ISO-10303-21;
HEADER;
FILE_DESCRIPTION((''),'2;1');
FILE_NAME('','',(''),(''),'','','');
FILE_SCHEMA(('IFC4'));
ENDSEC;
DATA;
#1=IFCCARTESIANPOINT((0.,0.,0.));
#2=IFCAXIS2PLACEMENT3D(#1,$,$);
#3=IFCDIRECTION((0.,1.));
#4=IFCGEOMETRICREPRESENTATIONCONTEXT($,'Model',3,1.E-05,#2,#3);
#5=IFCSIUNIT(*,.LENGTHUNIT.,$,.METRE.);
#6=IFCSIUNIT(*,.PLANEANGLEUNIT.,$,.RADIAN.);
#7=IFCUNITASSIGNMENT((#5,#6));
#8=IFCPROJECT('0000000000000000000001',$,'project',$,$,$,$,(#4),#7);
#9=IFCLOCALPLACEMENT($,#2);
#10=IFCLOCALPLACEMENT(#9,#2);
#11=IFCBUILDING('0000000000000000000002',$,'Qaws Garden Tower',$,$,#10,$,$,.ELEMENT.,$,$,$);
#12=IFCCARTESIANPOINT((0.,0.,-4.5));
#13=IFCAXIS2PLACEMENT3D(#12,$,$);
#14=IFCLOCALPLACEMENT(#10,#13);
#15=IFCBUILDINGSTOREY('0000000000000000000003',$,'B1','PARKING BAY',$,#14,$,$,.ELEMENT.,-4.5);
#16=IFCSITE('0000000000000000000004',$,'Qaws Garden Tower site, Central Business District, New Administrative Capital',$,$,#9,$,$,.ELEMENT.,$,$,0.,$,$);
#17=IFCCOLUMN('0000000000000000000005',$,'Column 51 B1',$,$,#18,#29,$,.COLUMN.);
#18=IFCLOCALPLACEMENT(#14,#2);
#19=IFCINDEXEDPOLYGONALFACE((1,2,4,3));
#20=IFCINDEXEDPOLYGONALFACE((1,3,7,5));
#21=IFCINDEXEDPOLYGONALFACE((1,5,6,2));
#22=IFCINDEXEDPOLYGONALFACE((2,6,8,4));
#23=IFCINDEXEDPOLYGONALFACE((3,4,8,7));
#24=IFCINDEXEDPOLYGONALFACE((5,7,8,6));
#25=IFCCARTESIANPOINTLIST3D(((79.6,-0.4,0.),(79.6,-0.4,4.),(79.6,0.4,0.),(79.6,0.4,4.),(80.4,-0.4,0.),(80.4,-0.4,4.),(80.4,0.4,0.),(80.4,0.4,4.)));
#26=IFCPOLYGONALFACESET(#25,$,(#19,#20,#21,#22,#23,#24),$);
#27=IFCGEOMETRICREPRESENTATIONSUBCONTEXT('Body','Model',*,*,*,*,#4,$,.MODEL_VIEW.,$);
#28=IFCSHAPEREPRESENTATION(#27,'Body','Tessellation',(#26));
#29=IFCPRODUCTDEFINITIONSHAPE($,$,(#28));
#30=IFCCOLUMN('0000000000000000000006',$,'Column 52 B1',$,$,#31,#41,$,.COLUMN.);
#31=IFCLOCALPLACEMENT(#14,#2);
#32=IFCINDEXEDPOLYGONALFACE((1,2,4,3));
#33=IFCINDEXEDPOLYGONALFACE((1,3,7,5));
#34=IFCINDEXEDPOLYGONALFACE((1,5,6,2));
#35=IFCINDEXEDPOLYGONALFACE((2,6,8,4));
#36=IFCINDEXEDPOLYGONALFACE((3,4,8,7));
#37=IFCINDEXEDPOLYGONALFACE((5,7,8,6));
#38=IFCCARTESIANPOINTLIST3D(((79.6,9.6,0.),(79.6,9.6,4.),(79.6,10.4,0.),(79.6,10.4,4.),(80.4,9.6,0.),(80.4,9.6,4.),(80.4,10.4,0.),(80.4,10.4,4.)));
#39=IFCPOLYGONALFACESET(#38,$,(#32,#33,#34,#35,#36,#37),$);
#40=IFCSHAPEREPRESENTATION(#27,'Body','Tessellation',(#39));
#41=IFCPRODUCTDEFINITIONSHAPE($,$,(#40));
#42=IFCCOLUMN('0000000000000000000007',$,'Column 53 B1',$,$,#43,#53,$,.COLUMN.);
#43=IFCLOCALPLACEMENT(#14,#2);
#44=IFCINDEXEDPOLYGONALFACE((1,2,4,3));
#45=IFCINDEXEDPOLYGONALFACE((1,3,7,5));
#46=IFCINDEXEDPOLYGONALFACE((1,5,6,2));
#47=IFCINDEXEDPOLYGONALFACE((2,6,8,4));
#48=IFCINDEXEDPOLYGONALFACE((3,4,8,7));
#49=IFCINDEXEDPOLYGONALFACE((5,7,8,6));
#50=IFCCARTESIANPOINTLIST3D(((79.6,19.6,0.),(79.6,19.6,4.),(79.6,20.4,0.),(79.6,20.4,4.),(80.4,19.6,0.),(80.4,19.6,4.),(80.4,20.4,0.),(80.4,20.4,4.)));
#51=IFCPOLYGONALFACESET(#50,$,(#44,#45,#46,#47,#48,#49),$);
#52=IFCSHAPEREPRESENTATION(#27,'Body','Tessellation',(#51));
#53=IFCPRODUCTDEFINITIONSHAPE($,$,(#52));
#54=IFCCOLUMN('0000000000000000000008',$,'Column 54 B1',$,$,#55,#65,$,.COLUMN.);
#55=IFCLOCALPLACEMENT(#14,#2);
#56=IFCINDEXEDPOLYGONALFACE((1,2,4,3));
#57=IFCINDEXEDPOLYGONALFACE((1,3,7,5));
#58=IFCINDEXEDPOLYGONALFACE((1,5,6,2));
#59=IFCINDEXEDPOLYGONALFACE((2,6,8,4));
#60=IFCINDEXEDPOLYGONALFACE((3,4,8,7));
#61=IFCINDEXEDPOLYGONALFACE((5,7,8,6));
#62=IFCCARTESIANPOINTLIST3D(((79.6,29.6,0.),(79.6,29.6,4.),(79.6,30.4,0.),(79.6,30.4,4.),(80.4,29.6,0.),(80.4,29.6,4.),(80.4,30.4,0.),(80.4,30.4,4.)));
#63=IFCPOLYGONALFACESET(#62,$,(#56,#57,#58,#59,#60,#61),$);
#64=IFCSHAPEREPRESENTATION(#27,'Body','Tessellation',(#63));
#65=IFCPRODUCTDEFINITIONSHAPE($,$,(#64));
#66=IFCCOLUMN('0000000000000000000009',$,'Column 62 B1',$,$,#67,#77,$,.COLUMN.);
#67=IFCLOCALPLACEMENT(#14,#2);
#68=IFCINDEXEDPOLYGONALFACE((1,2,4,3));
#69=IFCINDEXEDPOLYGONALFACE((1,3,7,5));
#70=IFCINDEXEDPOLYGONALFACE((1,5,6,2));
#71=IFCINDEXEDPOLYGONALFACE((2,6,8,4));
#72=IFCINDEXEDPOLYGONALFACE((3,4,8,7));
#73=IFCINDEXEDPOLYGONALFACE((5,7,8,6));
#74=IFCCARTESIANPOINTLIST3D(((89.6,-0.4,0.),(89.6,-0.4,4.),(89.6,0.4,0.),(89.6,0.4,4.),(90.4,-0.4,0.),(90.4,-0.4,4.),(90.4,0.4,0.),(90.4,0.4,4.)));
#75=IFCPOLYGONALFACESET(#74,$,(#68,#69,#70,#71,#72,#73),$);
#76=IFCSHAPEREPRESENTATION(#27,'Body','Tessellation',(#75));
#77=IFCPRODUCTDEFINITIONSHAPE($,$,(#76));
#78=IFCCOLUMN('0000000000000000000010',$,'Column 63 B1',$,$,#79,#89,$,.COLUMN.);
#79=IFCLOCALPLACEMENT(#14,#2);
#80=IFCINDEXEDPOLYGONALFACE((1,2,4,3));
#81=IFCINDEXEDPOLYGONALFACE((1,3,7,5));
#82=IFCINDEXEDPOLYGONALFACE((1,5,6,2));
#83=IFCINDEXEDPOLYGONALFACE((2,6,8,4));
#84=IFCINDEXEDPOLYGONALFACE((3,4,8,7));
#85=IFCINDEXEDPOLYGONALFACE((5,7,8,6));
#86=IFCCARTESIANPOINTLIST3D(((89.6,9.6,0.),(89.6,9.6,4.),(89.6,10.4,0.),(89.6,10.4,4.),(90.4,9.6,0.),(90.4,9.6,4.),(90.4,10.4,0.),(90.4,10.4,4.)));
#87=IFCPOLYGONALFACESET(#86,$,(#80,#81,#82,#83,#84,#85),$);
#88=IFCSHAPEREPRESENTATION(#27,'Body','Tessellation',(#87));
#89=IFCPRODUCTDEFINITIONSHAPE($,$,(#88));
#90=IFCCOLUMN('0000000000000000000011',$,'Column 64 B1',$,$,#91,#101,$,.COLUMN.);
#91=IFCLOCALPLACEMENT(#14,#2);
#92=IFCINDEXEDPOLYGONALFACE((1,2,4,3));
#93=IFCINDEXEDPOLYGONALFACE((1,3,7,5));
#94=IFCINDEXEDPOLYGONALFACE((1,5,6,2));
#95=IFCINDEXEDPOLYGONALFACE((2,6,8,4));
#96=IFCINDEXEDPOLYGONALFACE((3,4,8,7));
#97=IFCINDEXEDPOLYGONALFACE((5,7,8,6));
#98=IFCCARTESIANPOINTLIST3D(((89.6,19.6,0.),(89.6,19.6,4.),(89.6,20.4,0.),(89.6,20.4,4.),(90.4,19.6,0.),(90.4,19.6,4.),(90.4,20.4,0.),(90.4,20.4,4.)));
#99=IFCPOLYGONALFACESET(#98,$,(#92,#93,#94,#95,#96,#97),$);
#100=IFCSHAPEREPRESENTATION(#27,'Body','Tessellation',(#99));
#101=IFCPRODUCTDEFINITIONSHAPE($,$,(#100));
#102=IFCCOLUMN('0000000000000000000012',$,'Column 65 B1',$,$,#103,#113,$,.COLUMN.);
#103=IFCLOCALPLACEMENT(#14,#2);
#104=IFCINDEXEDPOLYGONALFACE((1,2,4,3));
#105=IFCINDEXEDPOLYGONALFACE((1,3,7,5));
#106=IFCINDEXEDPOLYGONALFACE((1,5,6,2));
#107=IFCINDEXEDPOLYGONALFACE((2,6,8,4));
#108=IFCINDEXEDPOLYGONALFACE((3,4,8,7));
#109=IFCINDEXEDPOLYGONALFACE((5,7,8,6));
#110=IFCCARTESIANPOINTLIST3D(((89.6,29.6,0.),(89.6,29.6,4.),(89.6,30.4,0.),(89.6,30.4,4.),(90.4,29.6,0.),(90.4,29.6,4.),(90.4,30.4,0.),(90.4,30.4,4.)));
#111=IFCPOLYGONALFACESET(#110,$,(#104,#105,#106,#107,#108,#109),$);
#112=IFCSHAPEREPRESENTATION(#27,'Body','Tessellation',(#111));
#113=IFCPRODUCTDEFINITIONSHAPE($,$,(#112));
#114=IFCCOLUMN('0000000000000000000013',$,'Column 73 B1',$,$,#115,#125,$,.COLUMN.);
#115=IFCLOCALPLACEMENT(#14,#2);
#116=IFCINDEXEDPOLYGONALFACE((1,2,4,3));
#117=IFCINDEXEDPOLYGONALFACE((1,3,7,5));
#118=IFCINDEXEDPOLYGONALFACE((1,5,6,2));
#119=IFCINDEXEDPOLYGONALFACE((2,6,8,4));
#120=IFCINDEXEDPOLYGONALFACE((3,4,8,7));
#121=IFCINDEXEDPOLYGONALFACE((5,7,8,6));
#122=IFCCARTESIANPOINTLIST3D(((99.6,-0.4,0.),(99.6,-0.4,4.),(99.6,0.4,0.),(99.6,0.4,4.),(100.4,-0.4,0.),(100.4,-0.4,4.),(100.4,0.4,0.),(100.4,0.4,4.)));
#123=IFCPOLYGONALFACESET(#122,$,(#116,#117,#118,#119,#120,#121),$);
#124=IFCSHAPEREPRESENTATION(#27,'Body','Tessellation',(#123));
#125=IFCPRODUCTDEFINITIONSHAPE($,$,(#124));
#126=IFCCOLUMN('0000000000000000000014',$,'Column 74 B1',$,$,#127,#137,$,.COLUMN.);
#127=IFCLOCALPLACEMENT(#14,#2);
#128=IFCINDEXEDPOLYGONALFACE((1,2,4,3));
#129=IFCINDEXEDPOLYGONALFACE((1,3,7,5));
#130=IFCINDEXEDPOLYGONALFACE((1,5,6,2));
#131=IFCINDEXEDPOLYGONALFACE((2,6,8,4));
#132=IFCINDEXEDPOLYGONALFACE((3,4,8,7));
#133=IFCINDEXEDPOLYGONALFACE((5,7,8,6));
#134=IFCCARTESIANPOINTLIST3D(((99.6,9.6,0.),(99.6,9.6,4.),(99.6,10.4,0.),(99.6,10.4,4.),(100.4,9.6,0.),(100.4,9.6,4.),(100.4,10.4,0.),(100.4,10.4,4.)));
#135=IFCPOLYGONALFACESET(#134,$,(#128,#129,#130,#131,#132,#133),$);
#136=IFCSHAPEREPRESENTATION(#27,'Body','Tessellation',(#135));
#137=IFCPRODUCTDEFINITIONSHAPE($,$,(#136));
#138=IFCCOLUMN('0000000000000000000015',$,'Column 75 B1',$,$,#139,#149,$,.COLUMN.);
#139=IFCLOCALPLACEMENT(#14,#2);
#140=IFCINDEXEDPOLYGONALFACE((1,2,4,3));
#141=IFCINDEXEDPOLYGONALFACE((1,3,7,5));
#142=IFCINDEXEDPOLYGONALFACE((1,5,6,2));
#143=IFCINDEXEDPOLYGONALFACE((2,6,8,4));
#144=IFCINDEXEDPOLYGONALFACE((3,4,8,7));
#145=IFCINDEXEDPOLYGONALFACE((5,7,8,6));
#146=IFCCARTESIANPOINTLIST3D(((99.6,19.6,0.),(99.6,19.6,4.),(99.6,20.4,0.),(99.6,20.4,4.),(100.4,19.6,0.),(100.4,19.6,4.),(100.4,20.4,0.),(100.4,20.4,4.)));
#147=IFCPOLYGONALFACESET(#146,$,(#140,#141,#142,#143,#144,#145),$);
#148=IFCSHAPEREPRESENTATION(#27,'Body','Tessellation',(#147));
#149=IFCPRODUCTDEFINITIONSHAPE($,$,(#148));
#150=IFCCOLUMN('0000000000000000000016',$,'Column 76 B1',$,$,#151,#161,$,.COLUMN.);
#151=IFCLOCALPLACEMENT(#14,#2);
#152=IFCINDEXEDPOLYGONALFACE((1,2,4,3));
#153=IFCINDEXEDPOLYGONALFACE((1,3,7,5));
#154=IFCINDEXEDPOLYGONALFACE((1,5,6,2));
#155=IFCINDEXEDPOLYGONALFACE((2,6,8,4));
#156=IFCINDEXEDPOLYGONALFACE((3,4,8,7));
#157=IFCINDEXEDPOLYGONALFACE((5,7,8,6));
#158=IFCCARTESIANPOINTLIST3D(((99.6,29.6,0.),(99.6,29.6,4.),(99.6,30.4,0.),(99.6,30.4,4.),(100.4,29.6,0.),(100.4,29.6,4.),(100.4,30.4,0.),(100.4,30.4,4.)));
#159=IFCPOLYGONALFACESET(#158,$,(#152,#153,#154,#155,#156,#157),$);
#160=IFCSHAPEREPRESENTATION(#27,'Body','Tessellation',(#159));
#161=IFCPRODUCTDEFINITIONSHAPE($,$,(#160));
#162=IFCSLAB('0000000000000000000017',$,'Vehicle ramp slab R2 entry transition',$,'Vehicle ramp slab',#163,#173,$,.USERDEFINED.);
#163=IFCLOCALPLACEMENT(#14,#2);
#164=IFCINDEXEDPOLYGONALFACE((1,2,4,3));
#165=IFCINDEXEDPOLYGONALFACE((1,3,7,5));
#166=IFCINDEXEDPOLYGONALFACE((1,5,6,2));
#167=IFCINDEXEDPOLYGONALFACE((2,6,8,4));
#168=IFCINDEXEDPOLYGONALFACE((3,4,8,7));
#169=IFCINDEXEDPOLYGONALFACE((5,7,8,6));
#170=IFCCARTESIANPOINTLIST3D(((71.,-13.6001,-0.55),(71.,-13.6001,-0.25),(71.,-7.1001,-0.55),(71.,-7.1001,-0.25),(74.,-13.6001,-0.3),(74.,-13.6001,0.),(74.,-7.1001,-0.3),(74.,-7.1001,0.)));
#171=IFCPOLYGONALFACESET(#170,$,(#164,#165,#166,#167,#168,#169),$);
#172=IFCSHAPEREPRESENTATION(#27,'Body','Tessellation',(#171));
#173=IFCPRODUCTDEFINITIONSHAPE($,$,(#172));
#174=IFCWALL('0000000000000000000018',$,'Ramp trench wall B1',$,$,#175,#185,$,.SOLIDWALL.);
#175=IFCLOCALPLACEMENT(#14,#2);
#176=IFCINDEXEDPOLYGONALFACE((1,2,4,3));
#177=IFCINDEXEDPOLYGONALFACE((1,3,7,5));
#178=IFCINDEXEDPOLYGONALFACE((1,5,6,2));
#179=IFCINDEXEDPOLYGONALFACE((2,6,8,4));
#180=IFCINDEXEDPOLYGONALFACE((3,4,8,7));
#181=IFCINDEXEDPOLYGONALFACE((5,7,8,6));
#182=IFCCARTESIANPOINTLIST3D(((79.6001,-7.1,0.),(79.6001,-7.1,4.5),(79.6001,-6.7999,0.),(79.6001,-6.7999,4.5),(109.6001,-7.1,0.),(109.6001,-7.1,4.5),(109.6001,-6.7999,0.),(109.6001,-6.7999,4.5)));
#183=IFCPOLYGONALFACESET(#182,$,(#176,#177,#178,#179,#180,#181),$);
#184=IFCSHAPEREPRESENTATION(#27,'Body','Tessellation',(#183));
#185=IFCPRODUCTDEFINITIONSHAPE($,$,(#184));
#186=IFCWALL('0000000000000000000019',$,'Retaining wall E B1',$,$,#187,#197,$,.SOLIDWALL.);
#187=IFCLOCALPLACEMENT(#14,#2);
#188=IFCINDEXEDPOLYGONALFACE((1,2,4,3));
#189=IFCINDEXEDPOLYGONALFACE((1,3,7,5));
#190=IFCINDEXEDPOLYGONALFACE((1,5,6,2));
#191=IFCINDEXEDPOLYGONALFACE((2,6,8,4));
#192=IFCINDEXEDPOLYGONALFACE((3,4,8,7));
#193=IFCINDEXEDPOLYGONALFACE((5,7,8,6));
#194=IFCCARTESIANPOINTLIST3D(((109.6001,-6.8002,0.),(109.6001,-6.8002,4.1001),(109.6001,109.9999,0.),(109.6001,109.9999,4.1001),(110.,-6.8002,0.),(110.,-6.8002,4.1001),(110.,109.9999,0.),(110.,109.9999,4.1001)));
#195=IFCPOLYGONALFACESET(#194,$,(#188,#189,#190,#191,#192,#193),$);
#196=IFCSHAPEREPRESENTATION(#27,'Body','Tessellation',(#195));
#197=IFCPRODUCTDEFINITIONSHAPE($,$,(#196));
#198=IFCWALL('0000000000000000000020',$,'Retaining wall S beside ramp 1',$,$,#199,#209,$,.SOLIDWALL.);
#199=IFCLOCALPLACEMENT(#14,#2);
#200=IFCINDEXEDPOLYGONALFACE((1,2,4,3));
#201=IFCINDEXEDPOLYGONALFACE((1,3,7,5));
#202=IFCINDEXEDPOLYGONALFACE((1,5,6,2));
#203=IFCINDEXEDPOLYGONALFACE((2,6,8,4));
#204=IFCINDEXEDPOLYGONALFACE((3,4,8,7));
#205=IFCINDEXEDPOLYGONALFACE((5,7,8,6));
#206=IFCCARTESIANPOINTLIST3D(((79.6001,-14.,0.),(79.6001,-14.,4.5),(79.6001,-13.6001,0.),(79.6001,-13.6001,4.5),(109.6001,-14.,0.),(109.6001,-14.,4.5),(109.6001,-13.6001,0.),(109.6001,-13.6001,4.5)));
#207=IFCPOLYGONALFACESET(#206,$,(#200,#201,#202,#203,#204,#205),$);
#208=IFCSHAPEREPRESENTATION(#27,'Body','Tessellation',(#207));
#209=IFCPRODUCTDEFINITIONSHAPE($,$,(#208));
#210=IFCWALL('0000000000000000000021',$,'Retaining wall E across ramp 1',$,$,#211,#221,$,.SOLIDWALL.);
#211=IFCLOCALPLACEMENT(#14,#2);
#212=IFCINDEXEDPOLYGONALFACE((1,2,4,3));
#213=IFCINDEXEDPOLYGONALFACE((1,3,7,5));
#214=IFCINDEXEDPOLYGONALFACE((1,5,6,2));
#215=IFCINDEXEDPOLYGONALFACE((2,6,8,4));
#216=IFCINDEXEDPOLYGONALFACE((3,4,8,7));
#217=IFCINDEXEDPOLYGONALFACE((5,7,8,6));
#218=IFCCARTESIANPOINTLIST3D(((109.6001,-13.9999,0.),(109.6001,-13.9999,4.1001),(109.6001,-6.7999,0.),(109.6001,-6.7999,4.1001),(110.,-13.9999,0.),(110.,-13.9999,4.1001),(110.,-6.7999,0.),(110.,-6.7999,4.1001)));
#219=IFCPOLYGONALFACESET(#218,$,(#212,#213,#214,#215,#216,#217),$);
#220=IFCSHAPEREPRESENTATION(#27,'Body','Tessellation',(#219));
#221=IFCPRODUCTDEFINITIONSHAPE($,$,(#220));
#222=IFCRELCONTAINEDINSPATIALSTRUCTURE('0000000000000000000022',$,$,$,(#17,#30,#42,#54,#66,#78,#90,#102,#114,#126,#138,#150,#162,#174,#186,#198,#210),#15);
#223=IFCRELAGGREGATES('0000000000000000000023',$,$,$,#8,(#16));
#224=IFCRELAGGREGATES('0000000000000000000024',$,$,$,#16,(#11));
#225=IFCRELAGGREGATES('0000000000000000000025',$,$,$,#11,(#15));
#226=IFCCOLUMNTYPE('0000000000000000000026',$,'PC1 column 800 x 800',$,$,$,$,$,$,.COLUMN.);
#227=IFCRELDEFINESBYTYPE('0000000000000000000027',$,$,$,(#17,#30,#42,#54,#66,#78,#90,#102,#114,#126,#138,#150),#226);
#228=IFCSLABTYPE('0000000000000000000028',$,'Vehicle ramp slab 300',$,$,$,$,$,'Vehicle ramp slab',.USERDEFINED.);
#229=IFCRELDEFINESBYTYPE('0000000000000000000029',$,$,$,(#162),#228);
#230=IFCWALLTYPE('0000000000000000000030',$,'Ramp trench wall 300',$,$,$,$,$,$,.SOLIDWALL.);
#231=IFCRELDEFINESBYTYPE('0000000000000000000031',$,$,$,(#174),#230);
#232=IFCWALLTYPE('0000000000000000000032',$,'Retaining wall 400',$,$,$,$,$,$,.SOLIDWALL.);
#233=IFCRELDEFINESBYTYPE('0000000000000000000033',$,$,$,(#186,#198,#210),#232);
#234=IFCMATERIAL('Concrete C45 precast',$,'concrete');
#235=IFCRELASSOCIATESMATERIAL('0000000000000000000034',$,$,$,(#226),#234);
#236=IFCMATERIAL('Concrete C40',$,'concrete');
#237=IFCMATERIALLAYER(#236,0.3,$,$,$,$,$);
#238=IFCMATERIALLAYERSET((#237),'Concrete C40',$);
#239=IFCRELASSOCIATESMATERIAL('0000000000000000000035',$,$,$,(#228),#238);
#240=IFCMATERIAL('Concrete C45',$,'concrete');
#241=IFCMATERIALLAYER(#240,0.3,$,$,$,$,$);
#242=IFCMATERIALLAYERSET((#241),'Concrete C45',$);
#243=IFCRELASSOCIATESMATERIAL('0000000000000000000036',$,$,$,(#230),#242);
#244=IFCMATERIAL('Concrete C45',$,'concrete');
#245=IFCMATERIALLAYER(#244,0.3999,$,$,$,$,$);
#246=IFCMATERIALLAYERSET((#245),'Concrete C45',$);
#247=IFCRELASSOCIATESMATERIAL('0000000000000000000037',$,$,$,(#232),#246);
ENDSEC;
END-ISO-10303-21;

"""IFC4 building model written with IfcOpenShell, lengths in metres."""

from ifc_helpers import new_model, si_unit, direction, frame, frame_2d, origin, origin_2d, place, context, subcontext, project, spatial, polyline, rectangle, outline, extrude, material, layer, layer_set, material_profile, profile_set, type_object, element, save


model = new_model("IFC4")

# Units and contexts
model_context = context("Model", 3, precision=1e-05, world=origin(), true_north=direction((0.0, 1.0)))
body_context = subcontext(model_context, "Body", "Model", "MODEL_VIEW")
ifc_project = project(units=[si_unit("LENGTHUNIT", "METRE"), si_unit("PLANEANGLEUNIT", "RADIAN")], contexts=[model_context])

# Site, building, storey
site_placement = place(None, origin())
site = spatial("IfcSite", under=ifc_project, at=site_placement, Name="Qaws Garden Tower site, Central Business District, New Administrative Capital", CompositionType="ELEMENT", RefElevation=0.0)
building_placement = place(site_placement, origin())
building = spatial("IfcBuilding", under=site, at=building_placement, Name="Qaws Garden Tower", CompositionType="ELEMENT")
storey_placement = place(building_placement, frame((0.0, 0.0, -4.5)))
storey = spatial("IfcBuildingStorey", under=building, at=storey_placement, Name="B1", Description="PARKING BAY", CompositionType="ELEMENT", Elevation=-4.5)

# Columns
ifc_material_1 = material(Name="Concrete C45 precast", Category="concrete")
ifc_material_profile = material_profile(ifc_material_1, rectangle(XDim=0.8, YDim=0.8, at=origin_2d()), Name="PC1 column 800 x 800")
ifc_profile_set = profile_set([ifc_material_profile], Name="Concrete C45 precast")
column_type = type_object("IfcColumnType", Name="PC1 column 800 x 800", PredefinedType="COLUMN", material=ifc_profile_set)
for number, where, z_axis, x_axis, name in (
    (1, (80.0, 0.0, 0.0), (0.0, 0.0, 1.0), (1.0, 0.0, 0.0), "Column 51 B1"),
    (2, (80.0, 10.0, 0.0), (0.0, 0.0, 1.0), (1.0, 0.0, 0.0), "Column 52 B1"),
    (3, (80.0, 20.0, 0.0), (0.0, 0.0, 1.0), (1.0, 0.0, 0.0), "Column 53 B1"),
    (4, (80.0, 30.0, 0.0), (0.0, 0.0, 1.0), (1.0, 0.0, 0.0), "Column 54 B1"),
    (5, (90.0, 0.0, 0.0), (0.0, 0.0, 1.0), (1.0, 0.0, 0.0), "Column 62 B1"),
    (6, (90.0, 10.0, 0.0), (0.0, 0.0, 1.0), (1.0, 0.0, 0.0), "Column 63 B1"),
    (7, (90.0, 20.0, 0.0), (0.0, 0.0, 1.0), (1.0, 0.0, 0.0), "Column 64 B1"),
    (8, (90.0, 30.0, 0.0), (0.0, 0.0, 1.0), (1.0, 0.0, 0.0), "Column 65 B1"),
    (9, (100.0, 0.0, 0.0), (0.0, 0.0, 1.0), (1.0, 0.0, 0.0), "Column 73 B1"),
    (10, (100.0, 10.0, 0.0), (0.0, 0.0, 1.0), (1.0, 0.0, 0.0), "Column 74 B1"),
    (11, (100.0, 20.0, 0.0), (0.0, 0.0, 1.0), (1.0, 0.0, 0.0), "Column 75 B1"),
    (12, (100.0, 30.0, 0.0), (0.0, 0.0, 1.0), (1.0, 0.0, 0.0), "Column 76 B1"),
):
    element("IfcColumn", number, at=place(storey_placement, frame(where, z_axis=z_axis, x_axis=x_axis)), inside=storey, type_object=column_type, Name=name, PredefinedType="COLUMN", context=body_context, shape_type="SweptSolid", body=[
        extrude(rectangle(XDim=0.8, YDim=0.8, at=origin_2d()), origin(), (0.0, 0.0, 1.0), 4.0),
    ])

# Slab
ifc_material_2 = material(Name="Concrete C40", Category="concrete")
ifc_layer_1 = layer(ifc_material_2, 0.3)
ifc_layer_set_1 = layer_set([ifc_layer_1], Name="Concrete C40")
slab_type = type_object("IfcSlabType", Name="Vehicle ramp slab 300", ElementType="Vehicle ramp slab", PredefinedType="USERDEFINED", material=ifc_layer_set_1)
slab_placement = place(storey_placement, frame((74.0, -10.3501, -0.55), z_axis=(0.0, 0.0, 1.0), x_axis=(-1.0, 0.0, 0.0)))
element("IfcSlab", 13, at=slab_placement, inside=storey, type_object=slab_type, Name="Vehicle ramp slab R2 entry transition", ObjectType="Vehicle ramp slab", PredefinedType="USERDEFINED", context=body_context, shape_type="SweptSolid", body=[
    extrude(outline(polyline([(0.0, 0.25), (3.0, 0.0), (3.0, 0.3), (0.0, 0.55), (0.0, 0.25)])), frame((0.0, 3.25, 0.0), z_axis=(0.0, -1.0, 0.0), x_axis=(1.0, 0.0, 0.0)), (0.0, 0.0, 1.0), 6.5),
])

# Walls
ifc_material_3 = material(Name="Concrete C45", Category="concrete")
ifc_layer_2 = layer(ifc_material_3, 0.3)
ifc_layer_set_2 = layer_set([ifc_layer_2], Name="Concrete C45")
wall_type_1 = type_object("IfcWallType", Name="Ramp trench wall 300", PredefinedType="SOLIDWALL", material=ifc_layer_set_2)
wall_1_placement = place(storey_placement, frame((79.6001, -6.95, 0.0), z_axis=(0.0, 0.0, 1.0), x_axis=(1.0, 0.0, 0.0)))
element("IfcWall", 14, at=wall_1_placement, inside=storey, type_object=wall_type_1, Name="Ramp trench wall B1", PredefinedType="SOLIDWALL", context=body_context, shape_type="SweptSolid", body=[
    extrude(rectangle(XDim=30.0, YDim=0.3, at=frame_2d((15.0, 0.0))), origin(), (0.0, 0.0, 1.0), 4.5),
])
ifc_material_4 = material(Name="Concrete C45", Category="concrete")
ifc_layer_3 = layer(ifc_material_4, 0.3999)
ifc_layer_set_3 = layer_set([ifc_layer_3], Name="Concrete C45")
wall_type_2 = type_object("IfcWallType", Name="Retaining wall 400", PredefinedType="SOLIDWALL", material=ifc_layer_set_3)
wall_2_placement = place(storey_placement, frame((109.8, -6.8, 0.0), z_axis=(0.0, 0.0, 1.0), x_axis=(0.0, 1.0, 0.0)))
element("IfcWall", 15, at=wall_2_placement, inside=storey, type_object=wall_type_2, Name="Retaining wall E B1", PredefinedType="SOLIDWALL", context=body_context, shape_type="SweptSolid", body=[
    extrude(rectangle(XDim=116.8, YDim=0.3999, at=frame_2d((58.3999, 0.0))), origin(), (0.0, 0.0, 1.0), 4.1001),
])
wall_3_placement = place(storey_placement, frame((79.6001, -13.8, 0.0), z_axis=(0.0, 0.0, 1.0), x_axis=(1.0, 0.0, 0.0)))
element("IfcWall", 16, at=wall_3_placement, inside=storey, type_object=wall_type_2, Name="Retaining wall S beside ramp 1", PredefinedType="SOLIDWALL", context=body_context, shape_type="SweptSolid", body=[
    extrude(rectangle(XDim=30.0, YDim=0.3999, at=frame_2d((15.0, 0.0))), origin(), (0.0, 0.0, 1.0), 4.5),
])
wall_4_placement = place(storey_placement, frame((109.8, -14.0, 0.0), z_axis=(0.0, 0.0, 1.0), x_axis=(0.0, 1.0, 0.0)))
element("IfcWall", 17, at=wall_4_placement, inside=storey, type_object=wall_type_2, Name="Retaining wall E across ramp 1", PredefinedType="SOLIDWALL", context=body_context, shape_type="SweptSolid", body=[
    extrude(rectangle(XDim=7.2, YDim=0.3999, at=frame_2d((3.6001, 0.0))), origin(), (0.0, 0.0, 1.0), 4.1001),
])

save(model, "model.ifc")
